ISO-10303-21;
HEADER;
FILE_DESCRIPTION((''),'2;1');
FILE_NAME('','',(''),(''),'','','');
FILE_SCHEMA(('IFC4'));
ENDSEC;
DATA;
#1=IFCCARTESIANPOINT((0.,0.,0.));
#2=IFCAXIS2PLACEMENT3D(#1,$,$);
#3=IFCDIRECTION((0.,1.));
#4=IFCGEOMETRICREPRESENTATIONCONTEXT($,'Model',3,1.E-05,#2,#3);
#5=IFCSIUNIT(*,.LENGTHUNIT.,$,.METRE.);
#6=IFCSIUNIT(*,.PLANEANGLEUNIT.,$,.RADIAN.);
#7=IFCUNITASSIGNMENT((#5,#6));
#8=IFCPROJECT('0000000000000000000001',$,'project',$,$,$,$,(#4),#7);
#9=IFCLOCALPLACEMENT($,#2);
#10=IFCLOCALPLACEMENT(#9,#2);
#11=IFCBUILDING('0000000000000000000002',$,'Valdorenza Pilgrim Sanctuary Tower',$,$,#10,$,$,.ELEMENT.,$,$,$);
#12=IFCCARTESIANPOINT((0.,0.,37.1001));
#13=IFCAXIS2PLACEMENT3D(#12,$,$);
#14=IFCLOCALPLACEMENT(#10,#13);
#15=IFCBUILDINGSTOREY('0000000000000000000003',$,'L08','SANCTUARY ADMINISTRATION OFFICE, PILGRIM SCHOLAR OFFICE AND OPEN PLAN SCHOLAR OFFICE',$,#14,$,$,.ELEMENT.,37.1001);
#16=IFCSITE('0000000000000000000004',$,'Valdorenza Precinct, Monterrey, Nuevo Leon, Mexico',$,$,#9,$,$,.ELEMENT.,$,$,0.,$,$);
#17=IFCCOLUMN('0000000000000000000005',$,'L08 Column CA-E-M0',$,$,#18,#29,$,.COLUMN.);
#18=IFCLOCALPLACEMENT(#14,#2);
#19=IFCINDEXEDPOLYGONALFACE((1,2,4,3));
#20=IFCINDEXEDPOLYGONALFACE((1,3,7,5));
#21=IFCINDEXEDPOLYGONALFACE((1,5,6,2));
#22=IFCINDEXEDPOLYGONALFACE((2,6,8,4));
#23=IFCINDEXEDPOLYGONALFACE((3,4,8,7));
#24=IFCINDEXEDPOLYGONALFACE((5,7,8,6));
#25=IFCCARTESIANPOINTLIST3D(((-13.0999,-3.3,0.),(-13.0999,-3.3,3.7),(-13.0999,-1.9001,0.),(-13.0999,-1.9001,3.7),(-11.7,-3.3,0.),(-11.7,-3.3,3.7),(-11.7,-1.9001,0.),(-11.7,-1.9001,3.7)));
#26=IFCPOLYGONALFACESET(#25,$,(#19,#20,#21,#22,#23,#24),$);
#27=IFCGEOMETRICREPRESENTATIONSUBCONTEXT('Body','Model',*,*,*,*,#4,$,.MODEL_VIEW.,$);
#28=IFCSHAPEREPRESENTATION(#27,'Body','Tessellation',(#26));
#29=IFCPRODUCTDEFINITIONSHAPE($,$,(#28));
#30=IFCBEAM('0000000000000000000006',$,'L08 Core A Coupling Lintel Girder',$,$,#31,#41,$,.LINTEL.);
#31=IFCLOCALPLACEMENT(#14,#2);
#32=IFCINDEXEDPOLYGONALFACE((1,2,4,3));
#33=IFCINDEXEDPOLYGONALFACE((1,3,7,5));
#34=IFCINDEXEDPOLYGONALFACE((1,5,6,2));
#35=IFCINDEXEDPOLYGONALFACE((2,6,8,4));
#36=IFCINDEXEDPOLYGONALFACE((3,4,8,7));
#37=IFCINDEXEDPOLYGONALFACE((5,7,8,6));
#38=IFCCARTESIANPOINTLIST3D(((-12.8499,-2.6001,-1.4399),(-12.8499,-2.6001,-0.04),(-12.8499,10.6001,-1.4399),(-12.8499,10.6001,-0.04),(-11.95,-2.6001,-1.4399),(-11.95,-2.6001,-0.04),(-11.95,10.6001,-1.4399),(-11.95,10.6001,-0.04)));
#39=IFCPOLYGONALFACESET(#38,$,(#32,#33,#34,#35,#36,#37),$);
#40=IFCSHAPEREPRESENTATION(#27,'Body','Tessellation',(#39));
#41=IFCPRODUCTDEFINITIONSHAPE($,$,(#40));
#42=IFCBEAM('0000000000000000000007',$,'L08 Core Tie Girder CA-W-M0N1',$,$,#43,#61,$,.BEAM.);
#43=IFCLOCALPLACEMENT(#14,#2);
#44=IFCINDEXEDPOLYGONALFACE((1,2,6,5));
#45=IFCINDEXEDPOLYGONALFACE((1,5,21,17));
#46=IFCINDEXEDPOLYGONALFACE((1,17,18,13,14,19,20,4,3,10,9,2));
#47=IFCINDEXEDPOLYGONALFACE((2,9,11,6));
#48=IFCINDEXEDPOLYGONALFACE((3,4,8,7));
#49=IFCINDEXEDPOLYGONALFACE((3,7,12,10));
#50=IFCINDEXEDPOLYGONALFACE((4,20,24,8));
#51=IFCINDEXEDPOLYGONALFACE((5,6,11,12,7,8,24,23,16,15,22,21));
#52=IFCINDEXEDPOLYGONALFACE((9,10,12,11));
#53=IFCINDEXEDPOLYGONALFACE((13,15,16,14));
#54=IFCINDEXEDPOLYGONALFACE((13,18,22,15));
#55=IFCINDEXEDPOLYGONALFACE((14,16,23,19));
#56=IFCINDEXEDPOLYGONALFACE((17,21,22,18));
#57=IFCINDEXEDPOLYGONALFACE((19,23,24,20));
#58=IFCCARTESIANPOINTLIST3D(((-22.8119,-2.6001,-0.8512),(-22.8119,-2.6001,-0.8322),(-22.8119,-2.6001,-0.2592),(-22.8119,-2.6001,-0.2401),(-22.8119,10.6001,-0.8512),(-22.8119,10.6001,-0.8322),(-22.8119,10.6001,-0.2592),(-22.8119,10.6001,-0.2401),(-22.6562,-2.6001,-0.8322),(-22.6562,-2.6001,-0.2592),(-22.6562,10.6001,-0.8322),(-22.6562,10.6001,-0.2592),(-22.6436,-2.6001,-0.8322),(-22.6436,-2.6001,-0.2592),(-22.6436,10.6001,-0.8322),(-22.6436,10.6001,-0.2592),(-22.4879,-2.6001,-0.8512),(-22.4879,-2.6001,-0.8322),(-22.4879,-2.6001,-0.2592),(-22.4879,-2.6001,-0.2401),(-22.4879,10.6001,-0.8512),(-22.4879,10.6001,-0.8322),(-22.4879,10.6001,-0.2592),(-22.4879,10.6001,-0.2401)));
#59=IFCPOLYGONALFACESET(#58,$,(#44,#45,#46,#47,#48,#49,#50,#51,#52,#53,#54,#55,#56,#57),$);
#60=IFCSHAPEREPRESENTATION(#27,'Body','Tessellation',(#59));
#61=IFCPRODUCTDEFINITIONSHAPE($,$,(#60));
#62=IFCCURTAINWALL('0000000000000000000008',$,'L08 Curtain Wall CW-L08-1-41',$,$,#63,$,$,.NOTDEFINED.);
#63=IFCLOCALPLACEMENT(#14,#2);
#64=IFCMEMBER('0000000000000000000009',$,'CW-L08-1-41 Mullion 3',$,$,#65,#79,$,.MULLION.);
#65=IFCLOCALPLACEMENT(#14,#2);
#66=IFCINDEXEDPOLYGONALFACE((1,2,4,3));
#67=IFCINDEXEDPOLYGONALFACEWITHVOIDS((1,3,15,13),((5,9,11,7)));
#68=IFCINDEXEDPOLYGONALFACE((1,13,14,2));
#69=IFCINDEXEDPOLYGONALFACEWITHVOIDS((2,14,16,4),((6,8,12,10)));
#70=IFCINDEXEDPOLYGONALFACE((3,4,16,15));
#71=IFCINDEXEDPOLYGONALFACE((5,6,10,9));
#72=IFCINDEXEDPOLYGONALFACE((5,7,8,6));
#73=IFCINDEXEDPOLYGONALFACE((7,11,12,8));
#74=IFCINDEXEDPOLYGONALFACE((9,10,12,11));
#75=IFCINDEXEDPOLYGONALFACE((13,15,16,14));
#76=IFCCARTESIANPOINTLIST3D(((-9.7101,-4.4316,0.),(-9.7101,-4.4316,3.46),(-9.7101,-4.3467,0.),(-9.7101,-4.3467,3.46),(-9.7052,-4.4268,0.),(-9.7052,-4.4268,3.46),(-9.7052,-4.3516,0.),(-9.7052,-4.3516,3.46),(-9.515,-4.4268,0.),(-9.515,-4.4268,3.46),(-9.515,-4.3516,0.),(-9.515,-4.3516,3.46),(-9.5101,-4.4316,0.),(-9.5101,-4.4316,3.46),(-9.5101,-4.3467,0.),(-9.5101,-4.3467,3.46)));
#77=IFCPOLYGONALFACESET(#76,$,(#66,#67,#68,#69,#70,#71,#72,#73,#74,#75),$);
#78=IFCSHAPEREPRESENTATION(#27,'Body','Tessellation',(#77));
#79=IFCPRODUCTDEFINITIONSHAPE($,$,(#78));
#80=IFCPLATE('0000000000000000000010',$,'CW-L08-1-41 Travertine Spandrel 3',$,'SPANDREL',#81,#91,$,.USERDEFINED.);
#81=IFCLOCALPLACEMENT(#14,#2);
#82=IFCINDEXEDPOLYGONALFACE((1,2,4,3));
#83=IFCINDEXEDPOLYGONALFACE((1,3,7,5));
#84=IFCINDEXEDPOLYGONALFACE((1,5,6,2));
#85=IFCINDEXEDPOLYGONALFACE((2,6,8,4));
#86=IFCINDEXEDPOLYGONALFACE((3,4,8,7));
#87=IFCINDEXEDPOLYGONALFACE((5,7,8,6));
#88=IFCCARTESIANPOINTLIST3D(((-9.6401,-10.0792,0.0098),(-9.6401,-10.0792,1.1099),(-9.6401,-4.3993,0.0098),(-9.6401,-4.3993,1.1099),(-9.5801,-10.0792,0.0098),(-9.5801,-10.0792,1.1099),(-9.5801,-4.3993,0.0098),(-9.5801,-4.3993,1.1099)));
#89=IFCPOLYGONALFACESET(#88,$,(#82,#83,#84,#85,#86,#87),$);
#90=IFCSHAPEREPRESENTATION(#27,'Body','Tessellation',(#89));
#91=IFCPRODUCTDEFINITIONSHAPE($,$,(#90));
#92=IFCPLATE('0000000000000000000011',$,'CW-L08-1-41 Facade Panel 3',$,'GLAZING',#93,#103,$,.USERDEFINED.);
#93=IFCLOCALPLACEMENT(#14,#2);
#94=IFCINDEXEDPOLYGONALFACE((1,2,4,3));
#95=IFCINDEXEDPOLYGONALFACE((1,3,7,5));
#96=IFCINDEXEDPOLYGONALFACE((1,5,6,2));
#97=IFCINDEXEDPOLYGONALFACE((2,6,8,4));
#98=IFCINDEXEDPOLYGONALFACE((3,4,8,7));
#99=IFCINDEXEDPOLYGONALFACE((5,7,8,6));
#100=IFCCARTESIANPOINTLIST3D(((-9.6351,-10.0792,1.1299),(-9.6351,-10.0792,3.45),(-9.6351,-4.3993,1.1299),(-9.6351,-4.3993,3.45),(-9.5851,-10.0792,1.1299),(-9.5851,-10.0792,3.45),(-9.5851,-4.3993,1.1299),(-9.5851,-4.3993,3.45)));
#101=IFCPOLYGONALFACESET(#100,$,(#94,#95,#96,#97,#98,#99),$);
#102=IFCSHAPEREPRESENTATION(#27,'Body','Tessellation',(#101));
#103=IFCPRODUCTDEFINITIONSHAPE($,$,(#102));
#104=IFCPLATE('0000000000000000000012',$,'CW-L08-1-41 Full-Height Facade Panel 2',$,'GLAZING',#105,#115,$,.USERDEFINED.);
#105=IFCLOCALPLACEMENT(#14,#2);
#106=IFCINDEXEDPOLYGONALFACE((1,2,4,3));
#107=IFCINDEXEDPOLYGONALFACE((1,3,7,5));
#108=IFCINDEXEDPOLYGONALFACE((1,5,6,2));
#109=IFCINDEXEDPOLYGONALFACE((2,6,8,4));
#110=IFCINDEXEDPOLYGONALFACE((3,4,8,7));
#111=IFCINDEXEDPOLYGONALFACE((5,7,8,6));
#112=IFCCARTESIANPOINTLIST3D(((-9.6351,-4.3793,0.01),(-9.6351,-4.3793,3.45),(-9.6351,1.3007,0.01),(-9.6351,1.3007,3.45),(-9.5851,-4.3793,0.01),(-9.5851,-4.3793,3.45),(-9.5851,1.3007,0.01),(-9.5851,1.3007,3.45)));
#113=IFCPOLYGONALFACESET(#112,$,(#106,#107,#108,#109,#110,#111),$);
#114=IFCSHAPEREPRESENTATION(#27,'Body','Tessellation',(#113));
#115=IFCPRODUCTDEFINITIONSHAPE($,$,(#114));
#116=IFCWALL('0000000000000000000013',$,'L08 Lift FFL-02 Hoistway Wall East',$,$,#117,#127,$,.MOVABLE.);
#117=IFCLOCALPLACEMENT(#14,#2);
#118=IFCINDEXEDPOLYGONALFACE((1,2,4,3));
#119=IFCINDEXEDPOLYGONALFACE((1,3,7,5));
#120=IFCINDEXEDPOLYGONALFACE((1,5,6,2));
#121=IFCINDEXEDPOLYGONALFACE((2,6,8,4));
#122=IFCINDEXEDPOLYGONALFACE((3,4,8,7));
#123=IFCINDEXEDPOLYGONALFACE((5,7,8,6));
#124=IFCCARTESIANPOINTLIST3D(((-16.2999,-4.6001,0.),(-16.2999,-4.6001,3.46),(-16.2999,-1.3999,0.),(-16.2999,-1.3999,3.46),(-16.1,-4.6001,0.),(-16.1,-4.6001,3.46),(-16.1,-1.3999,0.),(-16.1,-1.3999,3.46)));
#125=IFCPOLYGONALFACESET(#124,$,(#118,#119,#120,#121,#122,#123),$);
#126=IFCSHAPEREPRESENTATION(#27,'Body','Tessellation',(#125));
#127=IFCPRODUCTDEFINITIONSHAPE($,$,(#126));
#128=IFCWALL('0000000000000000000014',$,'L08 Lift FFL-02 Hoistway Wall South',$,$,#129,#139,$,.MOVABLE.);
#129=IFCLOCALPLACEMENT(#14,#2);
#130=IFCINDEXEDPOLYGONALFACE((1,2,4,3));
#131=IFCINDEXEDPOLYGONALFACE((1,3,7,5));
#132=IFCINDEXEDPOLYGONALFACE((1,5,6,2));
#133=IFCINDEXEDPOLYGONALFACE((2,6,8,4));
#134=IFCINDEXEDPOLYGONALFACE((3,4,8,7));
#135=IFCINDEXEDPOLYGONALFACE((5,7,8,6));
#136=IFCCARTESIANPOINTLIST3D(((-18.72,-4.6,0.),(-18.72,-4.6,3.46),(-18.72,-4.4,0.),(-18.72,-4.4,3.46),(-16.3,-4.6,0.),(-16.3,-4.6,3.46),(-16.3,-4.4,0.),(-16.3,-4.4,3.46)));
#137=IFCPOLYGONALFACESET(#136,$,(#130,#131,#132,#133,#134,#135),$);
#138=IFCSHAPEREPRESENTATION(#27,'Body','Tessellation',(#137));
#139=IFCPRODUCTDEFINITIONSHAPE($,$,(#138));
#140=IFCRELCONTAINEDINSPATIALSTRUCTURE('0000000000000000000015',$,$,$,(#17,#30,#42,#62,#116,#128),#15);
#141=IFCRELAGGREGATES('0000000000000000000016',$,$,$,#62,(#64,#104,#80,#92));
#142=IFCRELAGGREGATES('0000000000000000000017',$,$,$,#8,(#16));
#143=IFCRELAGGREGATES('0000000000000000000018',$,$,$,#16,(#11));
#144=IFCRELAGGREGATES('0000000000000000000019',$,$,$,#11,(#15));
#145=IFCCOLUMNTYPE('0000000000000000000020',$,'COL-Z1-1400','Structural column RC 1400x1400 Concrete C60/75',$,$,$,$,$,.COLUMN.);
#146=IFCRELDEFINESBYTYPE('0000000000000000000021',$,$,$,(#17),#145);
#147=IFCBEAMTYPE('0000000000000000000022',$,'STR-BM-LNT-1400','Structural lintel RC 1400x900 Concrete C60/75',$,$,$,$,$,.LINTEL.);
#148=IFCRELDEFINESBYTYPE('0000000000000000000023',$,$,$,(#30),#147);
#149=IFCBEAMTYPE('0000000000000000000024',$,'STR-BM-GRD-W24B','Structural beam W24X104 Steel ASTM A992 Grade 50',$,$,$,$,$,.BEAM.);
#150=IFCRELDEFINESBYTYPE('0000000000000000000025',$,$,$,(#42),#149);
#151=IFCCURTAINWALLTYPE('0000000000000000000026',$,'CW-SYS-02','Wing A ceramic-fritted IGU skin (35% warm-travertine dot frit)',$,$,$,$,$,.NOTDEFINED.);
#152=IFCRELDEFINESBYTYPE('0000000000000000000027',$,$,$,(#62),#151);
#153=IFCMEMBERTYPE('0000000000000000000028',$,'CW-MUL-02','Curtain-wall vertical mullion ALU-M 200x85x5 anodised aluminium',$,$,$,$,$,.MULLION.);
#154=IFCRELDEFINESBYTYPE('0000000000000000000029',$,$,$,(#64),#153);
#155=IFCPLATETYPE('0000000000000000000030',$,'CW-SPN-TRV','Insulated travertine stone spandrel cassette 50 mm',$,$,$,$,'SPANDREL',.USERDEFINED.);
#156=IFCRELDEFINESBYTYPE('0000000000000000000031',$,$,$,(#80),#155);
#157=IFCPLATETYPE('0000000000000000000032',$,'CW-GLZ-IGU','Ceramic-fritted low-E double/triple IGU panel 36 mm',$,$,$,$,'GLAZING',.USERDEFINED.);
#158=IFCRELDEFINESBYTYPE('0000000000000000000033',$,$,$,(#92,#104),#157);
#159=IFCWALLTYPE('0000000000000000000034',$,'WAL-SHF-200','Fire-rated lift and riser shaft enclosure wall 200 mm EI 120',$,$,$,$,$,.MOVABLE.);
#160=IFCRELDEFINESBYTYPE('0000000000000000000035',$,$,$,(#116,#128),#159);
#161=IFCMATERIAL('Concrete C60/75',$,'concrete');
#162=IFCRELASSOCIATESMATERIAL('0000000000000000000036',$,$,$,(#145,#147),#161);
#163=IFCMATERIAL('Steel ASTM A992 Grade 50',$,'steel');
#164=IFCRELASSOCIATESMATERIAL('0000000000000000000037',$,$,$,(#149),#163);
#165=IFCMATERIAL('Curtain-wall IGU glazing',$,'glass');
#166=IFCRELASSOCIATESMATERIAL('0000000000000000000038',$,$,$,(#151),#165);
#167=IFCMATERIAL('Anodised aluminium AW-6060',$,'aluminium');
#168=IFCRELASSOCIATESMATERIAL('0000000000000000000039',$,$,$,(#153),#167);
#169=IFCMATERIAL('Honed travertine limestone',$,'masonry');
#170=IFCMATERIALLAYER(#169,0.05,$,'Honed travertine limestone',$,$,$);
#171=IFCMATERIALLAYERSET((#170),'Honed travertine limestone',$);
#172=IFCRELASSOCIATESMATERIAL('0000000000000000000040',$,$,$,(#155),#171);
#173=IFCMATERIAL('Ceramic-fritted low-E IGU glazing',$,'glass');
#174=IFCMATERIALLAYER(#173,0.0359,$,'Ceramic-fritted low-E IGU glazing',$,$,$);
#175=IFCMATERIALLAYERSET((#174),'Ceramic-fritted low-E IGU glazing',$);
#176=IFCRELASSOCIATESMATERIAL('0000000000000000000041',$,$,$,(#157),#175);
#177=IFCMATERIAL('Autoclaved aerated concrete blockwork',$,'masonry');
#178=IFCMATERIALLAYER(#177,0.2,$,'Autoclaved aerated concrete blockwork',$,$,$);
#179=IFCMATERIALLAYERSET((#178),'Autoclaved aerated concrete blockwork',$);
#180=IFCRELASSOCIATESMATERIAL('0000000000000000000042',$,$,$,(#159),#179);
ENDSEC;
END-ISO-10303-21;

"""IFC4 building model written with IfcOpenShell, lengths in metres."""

from ifc_helpers import new_model, si_unit, direction, frame, frame_2d, origin, origin_2d, place, context, subcontext, project, spatial, rectangle, hollow_rectangle, i_section, extrude, source, transform, mapped, material, layer, layer_set, material_profile, profile_set, type_object, element, aggregate, save


model = new_model("IFC4")

# Units and contexts
model_context = context("Model", 3, precision=1e-05, world=origin(), true_north=direction((0.0, 1.0)))
body_context = subcontext(model_context, "Body", "Model", "MODEL_VIEW")
ifc_project = project(units=[si_unit("LENGTHUNIT", "METRE"), si_unit("PLANEANGLEUNIT", "RADIAN")], contexts=[model_context])

# Site, building, storey
site_placement = place(None, origin())
site = spatial("IfcSite", under=ifc_project, at=site_placement, Name="Valdorenza Precinct, Monterrey, Nuevo Leon, Mexico", CompositionType="ELEMENT", RefElevation=0.0)
building_placement = place(site_placement, origin())
building = spatial("IfcBuilding", under=site, at=building_placement, Name="Valdorenza Pilgrim Sanctuary Tower", CompositionType="ELEMENT")
storey_placement = place(building_placement, frame((0.0, 0.0, 37.1001)))
storey = spatial("IfcBuildingStorey", under=building, at=storey_placement, Name="L08", Description="SANCTUARY ADMINISTRATION OFFICE, PILGRIM SCHOLAR OFFICE AND OPEN PLAN SCHOLAR OFFICE", CompositionType="ELEMENT", Elevation=37.1001)

# Column
ifc_material_1 = material(Name="Concrete C60/75", Category="concrete")
ifc_material_profile_1 = material_profile(ifc_material_1, rectangle(XDim=1.3999, YDim=1.3999, at=origin_2d()), Name="RC 1400x1400")
ifc_profile_set_1 = profile_set([ifc_material_profile_1], Name="Concrete C60/75")
column_type = type_object("IfcColumnType", Name="COL-Z1-1400", Description="Structural column RC 1400x1400 Concrete C60/75", PredefinedType="COLUMN", material=ifc_profile_set_1)
shared_shape_1 = source(origin(), body_context, "Body", "SweptSolid", [
    extrude(rectangle(XDim=1.3999, YDim=1.3999, at=origin_2d()), origin(), (0.0, 0.0, 1.0), 3.7),
])
column_placement = place(storey_placement, frame((-12.3999, -2.6001, 0.0), z_axis=(0.0, 0.0, 1.0), x_axis=(1.0, 0.0, 0.0)))
element("IfcColumn", 1, at=column_placement, inside=storey, type_object=column_type, Name="L08 Column CA-E-M0", PredefinedType="COLUMN", context=body_context, shape_type="MappedRepresentation", body=[
    mapped(shared_shape_1, transform((0.0, 0.0, 0.0), x_axis=(1.0, 0.0, 0.0), y_axis=(0.0, 1.0, 0.0), z_axis=(0.0, 0.0, 1.0), scale=1.0)),
])

# Beams
ifc_material_profile_2 = material_profile(ifc_material_1, rectangle(XDim=0.8999, YDim=1.3999, at=origin_2d()), Name="RC 1400x900")
ifc_profile_set_2 = profile_set([ifc_material_profile_2], Name="Concrete C60/75")
beam_type_1 = type_object("IfcBeamType", Name="STR-BM-LNT-1400", Description="Structural lintel RC 1400x900 Concrete C60/75", PredefinedType="LINTEL", material=ifc_profile_set_2)
shared_shape_2 = source(origin(), body_context, "Body", "SweptSolid", [
    extrude(rectangle(XDim=0.8999, YDim=1.3999, at=origin_2d()), origin(), (0.0, 0.0, 1.0), 13.2002),
])
beam_1_placement = place(storey_placement, frame((-12.3999, -2.6001, -0.74), z_axis=(0.0, 1.0, 0.0), x_axis=(-1.0, 0.0, 0.0)))
element("IfcBeam", 2, at=beam_1_placement, inside=storey, type_object=beam_type_1, Name="L08 Core A Coupling Lintel Girder", PredefinedType="LINTEL", context=body_context, shape_type="MappedRepresentation", body=[
    mapped(shared_shape_2, transform((0.0, 0.0, 0.0), x_axis=(1.0, 0.0, 0.0), y_axis=(0.0, 1.0, 0.0), z_axis=(0.0, 0.0, 1.0), scale=1.0)),
])
ifc_material_2 = material(Name="Steel ASTM A992 Grade 50", Category="steel")
ifc_material_profile_3 = material_profile(ifc_material_2, i_section(OverallWidth=0.324, OverallDepth=0.6111, WebThickness=0.0127, FlangeThickness=0.019, at=origin_2d()), Name="W24X104")
ifc_profile_set_3 = profile_set([ifc_material_profile_3], Name="Steel ASTM A992 Grade 50")
beam_type_2 = type_object("IfcBeamType", Name="STR-BM-GRD-W24B", Description="Structural beam W24X104 Steel ASTM A992 Grade 50", PredefinedType="BEAM", material=ifc_profile_set_3)
shared_shape_3 = source(origin(), body_context, "Body", "SweptSolid", [
    extrude(i_section(OverallWidth=0.324, OverallDepth=0.6111, WebThickness=0.0127, FlangeThickness=0.019, at=origin_2d()), origin(), (0.0, 0.0, 1.0), 13.2002),
])
beam_2_placement = place(storey_placement, frame((-22.6499, -2.6001, -0.5457), z_axis=(0.0, 1.0, 0.0), x_axis=(-1.0, 0.0, 0.0)))
element("IfcBeam", 3, at=beam_2_placement, inside=storey, type_object=beam_type_2, Name="L08 Core Tie Girder CA-W-M0N1", PredefinedType="BEAM", context=body_context, shape_type="MappedRepresentation", body=[
    mapped(shared_shape_3, transform((0.0, 0.0, 0.0), x_axis=(1.0, 0.0, 0.0), y_axis=(0.0, 1.0, 0.0), z_axis=(0.0, 0.0, 1.0), scale=1.0)),
])

# Curtain wall, member, plates
ifc_material_3 = material(Name="Curtain-wall IGU glazing", Category="glass")
curtain_wall_type = type_object("IfcCurtainWallType", Name="CW-SYS-02", Description="Wing A ceramic-fritted IGU skin (35% warm-travertine dot frit)", PredefinedType="NOTDEFINED", material=ifc_material_3)
curtain_wall_placement = place(storey_placement, origin())
curtain_wall = element("IfcCurtainWall", 4, at=curtain_wall_placement, inside=storey, type_object=curtain_wall_type, Name="L08 Curtain Wall CW-L08-1-41", PredefinedType="NOTDEFINED")
ifc_material_4 = material(Name="Anodised aluminium AW-6060", Category="aluminium")
ifc_material_profile_4 = material_profile(ifc_material_4, hollow_rectangle(XDim=0.085, YDim=0.2, WallThickness=0.0049, at=origin_2d()), Name="ALU-M 200x85x5")
ifc_profile_set_4 = profile_set([ifc_material_profile_4], Name="Anodised aluminium AW-6060")
member_type = type_object("IfcMemberType", Name="CW-MUL-02", Description="Curtain-wall vertical mullion ALU-M 200x85x5 anodised aluminium", PredefinedType="MULLION", material=ifc_profile_set_4)
shared_shape_4 = source(origin(), body_context, "Body", "SweptSolid", [
    extrude(hollow_rectangle(XDim=0.085, YDim=0.2, WallThickness=0.0049, at=origin_2d()), origin(), (0.0, 0.0, 1.0), 3.46),
])
member_placement = place(storey_placement, frame((-9.6101, -4.3892, 0.0), z_axis=(0.0, 0.0, 1.0), x_axis=(0.0, -1.0, 0.0)))
member = element("IfcMember", 5, at=member_placement, type_object=member_type, Name="CW-L08-1-41 Mullion 3", PredefinedType="MULLION", context=body_context, shape_type="MappedRepresentation", body=[
    mapped(shared_shape_4, transform((0.0, 0.0, 0.0), x_axis=(1.0, 0.0, 0.0), y_axis=(0.0, 1.0, 0.0), z_axis=(0.0, 0.0, 1.0), scale=1.0)),
])
ifc_material_5 = material(Name="Honed travertine limestone", Category="masonry")
ifc_layer_1 = layer(ifc_material_5, 0.05, Name="Honed travertine limestone")
ifc_layer_set_1 = layer_set([ifc_layer_1], Name="Honed travertine limestone")
plate_type_1 = type_object("IfcPlateType", Name="CW-SPN-TRV", Description="Insulated travertine stone spandrel cassette 50 mm", ElementType="SPANDREL", PredefinedType="USERDEFINED", material=ifc_layer_set_1)
shared_shape_5 = source(origin(), body_context, "Body", "SweptSolid", [
    extrude(rectangle(XDim=5.6799, YDim=0.0601, at=origin_2d()), origin(), (0.0, 0.0, 1.0), 1.1001),
])
plate_1_placement = place(storey_placement, frame((-9.6101, -7.2393, 0.0098), z_axis=(0.0, 0.0, 1.0), x_axis=(0.0, -1.0, 0.0)))
plate_1 = element("IfcPlate", 6, at=plate_1_placement, type_object=plate_type_1, Name="CW-L08-1-41 Travertine Spandrel 3", ObjectType="SPANDREL", PredefinedType="USERDEFINED", context=body_context, shape_type="MappedRepresentation", body=[
    mapped(shared_shape_5, transform((0.0, 0.0, 0.0), x_axis=(1.0, 0.0, 0.0), y_axis=(0.0, 1.0, 0.0), z_axis=(0.0, 0.0, 1.0), scale=1.0)),
])
ifc_material_6 = material(Name="Ceramic-fritted low-E IGU glazing", Category="glass")
ifc_layer_2 = layer(ifc_material_6, 0.0359, Name="Ceramic-fritted low-E IGU glazing")
ifc_layer_set_2 = layer_set([ifc_layer_2], Name="Ceramic-fritted low-E IGU glazing")
plate_type_2 = type_object("IfcPlateType", Name="CW-GLZ-IGU", Description="Ceramic-fritted low-E double/triple IGU panel 36 mm", ElementType="GLAZING", PredefinedType="USERDEFINED", material=ifc_layer_set_2)
shared_shape_6 = source(origin(), body_context, "Body", "SweptSolid", [
    extrude(rectangle(XDim=5.6799, YDim=0.05, at=origin_2d()), origin(), (0.0, 0.0, 1.0), 2.3201),
])
plate_2_placement = place(storey_placement, frame((-9.6101, -7.2393, 1.1299), z_axis=(0.0, 0.0, 1.0), x_axis=(0.0, -1.0, 0.0)))
plate_2 = element("IfcPlate", 7, at=plate_2_placement, type_object=plate_type_2, Name="CW-L08-1-41 Facade Panel 3", ObjectType="GLAZING", PredefinedType="USERDEFINED", context=body_context, shape_type="MappedRepresentation", body=[
    mapped(shared_shape_6, transform((0.0, 0.0, 0.0), x_axis=(1.0, 0.0, 0.0), y_axis=(0.0, 1.0, 0.0), z_axis=(0.0, 0.0, 1.0), scale=1.0)),
])
shared_shape_7 = source(origin(), body_context, "Body", "SweptSolid", [
    extrude(rectangle(XDim=5.6799, YDim=0.05, at=origin_2d()), origin(), (0.0, 0.0, 1.0), 3.4399),
])
plate_3_placement = place(storey_placement, frame((-9.6101, -1.5393, 0.01), z_axis=(0.0, 0.0, 1.0), x_axis=(0.0, -1.0, 0.0)))
plate_3 = element("IfcPlate", 8, at=plate_3_placement, type_object=plate_type_2, Name="CW-L08-1-41 Full-Height Facade Panel 2", ObjectType="GLAZING", PredefinedType="USERDEFINED", context=body_context, shape_type="MappedRepresentation", body=[
    mapped(shared_shape_7, transform((0.0, 0.0, 0.0), x_axis=(1.0, 0.0, 0.0), y_axis=(0.0, 1.0, 0.0), z_axis=(0.0, 0.0, 1.0), scale=1.0)),
])
aggregate(curtain_wall, [member, plate_3, plate_1, plate_2])

# Walls
ifc_material_7 = material(Name="Autoclaved aerated concrete blockwork", Category="masonry")
ifc_layer_3 = layer(ifc_material_7, 0.2, Name="Autoclaved aerated concrete blockwork")
ifc_layer_set_3 = layer_set([ifc_layer_3], Name="Autoclaved aerated concrete blockwork")
wall_type_1 = type_object("IfcWallType", Name="WAL-SHF-200", Description="Fire-rated lift and riser shaft enclosure wall 200 mm EI 120", PredefinedType="MOVABLE", material=ifc_layer_set_3)
wall_1_placement = place(storey_placement, frame((-16.2, -4.6001, 0.0), z_axis=(0.0, 0.0, 1.0), x_axis=(0.0, 1.0, 0.0)))
element("IfcWall", 9, at=wall_1_placement, inside=storey, type_object=wall_type_1, Name="L08 Lift FFL-02 Hoistway Wall East", PredefinedType="MOVABLE", context=body_context, shape_type="SweptSolid", body=[
    extrude(rectangle(XDim=3.2002, YDim=0.2, at=frame_2d((1.6001, 0.0))), origin(), (0.0, 0.0, 1.0), 3.46),
])
wall_2_placement = place(storey_placement, frame((-18.72, -4.5, 0.0), z_axis=(0.0, 0.0, 1.0), x_axis=(1.0, 0.0, 0.0)))
element("IfcWall", 10, at=wall_2_placement, inside=storey, type_object=wall_type_1, Name="L08 Lift FFL-02 Hoistway Wall South", PredefinedType="MOVABLE", context=body_context, shape_type="SweptSolid", body=[
    extrude(rectangle(XDim=2.4199, YDim=0.2, at=frame_2d((1.21, 0.0))), origin(), (0.0, 0.0, 1.0), 3.46),
])

save(model, "model.ifc")
